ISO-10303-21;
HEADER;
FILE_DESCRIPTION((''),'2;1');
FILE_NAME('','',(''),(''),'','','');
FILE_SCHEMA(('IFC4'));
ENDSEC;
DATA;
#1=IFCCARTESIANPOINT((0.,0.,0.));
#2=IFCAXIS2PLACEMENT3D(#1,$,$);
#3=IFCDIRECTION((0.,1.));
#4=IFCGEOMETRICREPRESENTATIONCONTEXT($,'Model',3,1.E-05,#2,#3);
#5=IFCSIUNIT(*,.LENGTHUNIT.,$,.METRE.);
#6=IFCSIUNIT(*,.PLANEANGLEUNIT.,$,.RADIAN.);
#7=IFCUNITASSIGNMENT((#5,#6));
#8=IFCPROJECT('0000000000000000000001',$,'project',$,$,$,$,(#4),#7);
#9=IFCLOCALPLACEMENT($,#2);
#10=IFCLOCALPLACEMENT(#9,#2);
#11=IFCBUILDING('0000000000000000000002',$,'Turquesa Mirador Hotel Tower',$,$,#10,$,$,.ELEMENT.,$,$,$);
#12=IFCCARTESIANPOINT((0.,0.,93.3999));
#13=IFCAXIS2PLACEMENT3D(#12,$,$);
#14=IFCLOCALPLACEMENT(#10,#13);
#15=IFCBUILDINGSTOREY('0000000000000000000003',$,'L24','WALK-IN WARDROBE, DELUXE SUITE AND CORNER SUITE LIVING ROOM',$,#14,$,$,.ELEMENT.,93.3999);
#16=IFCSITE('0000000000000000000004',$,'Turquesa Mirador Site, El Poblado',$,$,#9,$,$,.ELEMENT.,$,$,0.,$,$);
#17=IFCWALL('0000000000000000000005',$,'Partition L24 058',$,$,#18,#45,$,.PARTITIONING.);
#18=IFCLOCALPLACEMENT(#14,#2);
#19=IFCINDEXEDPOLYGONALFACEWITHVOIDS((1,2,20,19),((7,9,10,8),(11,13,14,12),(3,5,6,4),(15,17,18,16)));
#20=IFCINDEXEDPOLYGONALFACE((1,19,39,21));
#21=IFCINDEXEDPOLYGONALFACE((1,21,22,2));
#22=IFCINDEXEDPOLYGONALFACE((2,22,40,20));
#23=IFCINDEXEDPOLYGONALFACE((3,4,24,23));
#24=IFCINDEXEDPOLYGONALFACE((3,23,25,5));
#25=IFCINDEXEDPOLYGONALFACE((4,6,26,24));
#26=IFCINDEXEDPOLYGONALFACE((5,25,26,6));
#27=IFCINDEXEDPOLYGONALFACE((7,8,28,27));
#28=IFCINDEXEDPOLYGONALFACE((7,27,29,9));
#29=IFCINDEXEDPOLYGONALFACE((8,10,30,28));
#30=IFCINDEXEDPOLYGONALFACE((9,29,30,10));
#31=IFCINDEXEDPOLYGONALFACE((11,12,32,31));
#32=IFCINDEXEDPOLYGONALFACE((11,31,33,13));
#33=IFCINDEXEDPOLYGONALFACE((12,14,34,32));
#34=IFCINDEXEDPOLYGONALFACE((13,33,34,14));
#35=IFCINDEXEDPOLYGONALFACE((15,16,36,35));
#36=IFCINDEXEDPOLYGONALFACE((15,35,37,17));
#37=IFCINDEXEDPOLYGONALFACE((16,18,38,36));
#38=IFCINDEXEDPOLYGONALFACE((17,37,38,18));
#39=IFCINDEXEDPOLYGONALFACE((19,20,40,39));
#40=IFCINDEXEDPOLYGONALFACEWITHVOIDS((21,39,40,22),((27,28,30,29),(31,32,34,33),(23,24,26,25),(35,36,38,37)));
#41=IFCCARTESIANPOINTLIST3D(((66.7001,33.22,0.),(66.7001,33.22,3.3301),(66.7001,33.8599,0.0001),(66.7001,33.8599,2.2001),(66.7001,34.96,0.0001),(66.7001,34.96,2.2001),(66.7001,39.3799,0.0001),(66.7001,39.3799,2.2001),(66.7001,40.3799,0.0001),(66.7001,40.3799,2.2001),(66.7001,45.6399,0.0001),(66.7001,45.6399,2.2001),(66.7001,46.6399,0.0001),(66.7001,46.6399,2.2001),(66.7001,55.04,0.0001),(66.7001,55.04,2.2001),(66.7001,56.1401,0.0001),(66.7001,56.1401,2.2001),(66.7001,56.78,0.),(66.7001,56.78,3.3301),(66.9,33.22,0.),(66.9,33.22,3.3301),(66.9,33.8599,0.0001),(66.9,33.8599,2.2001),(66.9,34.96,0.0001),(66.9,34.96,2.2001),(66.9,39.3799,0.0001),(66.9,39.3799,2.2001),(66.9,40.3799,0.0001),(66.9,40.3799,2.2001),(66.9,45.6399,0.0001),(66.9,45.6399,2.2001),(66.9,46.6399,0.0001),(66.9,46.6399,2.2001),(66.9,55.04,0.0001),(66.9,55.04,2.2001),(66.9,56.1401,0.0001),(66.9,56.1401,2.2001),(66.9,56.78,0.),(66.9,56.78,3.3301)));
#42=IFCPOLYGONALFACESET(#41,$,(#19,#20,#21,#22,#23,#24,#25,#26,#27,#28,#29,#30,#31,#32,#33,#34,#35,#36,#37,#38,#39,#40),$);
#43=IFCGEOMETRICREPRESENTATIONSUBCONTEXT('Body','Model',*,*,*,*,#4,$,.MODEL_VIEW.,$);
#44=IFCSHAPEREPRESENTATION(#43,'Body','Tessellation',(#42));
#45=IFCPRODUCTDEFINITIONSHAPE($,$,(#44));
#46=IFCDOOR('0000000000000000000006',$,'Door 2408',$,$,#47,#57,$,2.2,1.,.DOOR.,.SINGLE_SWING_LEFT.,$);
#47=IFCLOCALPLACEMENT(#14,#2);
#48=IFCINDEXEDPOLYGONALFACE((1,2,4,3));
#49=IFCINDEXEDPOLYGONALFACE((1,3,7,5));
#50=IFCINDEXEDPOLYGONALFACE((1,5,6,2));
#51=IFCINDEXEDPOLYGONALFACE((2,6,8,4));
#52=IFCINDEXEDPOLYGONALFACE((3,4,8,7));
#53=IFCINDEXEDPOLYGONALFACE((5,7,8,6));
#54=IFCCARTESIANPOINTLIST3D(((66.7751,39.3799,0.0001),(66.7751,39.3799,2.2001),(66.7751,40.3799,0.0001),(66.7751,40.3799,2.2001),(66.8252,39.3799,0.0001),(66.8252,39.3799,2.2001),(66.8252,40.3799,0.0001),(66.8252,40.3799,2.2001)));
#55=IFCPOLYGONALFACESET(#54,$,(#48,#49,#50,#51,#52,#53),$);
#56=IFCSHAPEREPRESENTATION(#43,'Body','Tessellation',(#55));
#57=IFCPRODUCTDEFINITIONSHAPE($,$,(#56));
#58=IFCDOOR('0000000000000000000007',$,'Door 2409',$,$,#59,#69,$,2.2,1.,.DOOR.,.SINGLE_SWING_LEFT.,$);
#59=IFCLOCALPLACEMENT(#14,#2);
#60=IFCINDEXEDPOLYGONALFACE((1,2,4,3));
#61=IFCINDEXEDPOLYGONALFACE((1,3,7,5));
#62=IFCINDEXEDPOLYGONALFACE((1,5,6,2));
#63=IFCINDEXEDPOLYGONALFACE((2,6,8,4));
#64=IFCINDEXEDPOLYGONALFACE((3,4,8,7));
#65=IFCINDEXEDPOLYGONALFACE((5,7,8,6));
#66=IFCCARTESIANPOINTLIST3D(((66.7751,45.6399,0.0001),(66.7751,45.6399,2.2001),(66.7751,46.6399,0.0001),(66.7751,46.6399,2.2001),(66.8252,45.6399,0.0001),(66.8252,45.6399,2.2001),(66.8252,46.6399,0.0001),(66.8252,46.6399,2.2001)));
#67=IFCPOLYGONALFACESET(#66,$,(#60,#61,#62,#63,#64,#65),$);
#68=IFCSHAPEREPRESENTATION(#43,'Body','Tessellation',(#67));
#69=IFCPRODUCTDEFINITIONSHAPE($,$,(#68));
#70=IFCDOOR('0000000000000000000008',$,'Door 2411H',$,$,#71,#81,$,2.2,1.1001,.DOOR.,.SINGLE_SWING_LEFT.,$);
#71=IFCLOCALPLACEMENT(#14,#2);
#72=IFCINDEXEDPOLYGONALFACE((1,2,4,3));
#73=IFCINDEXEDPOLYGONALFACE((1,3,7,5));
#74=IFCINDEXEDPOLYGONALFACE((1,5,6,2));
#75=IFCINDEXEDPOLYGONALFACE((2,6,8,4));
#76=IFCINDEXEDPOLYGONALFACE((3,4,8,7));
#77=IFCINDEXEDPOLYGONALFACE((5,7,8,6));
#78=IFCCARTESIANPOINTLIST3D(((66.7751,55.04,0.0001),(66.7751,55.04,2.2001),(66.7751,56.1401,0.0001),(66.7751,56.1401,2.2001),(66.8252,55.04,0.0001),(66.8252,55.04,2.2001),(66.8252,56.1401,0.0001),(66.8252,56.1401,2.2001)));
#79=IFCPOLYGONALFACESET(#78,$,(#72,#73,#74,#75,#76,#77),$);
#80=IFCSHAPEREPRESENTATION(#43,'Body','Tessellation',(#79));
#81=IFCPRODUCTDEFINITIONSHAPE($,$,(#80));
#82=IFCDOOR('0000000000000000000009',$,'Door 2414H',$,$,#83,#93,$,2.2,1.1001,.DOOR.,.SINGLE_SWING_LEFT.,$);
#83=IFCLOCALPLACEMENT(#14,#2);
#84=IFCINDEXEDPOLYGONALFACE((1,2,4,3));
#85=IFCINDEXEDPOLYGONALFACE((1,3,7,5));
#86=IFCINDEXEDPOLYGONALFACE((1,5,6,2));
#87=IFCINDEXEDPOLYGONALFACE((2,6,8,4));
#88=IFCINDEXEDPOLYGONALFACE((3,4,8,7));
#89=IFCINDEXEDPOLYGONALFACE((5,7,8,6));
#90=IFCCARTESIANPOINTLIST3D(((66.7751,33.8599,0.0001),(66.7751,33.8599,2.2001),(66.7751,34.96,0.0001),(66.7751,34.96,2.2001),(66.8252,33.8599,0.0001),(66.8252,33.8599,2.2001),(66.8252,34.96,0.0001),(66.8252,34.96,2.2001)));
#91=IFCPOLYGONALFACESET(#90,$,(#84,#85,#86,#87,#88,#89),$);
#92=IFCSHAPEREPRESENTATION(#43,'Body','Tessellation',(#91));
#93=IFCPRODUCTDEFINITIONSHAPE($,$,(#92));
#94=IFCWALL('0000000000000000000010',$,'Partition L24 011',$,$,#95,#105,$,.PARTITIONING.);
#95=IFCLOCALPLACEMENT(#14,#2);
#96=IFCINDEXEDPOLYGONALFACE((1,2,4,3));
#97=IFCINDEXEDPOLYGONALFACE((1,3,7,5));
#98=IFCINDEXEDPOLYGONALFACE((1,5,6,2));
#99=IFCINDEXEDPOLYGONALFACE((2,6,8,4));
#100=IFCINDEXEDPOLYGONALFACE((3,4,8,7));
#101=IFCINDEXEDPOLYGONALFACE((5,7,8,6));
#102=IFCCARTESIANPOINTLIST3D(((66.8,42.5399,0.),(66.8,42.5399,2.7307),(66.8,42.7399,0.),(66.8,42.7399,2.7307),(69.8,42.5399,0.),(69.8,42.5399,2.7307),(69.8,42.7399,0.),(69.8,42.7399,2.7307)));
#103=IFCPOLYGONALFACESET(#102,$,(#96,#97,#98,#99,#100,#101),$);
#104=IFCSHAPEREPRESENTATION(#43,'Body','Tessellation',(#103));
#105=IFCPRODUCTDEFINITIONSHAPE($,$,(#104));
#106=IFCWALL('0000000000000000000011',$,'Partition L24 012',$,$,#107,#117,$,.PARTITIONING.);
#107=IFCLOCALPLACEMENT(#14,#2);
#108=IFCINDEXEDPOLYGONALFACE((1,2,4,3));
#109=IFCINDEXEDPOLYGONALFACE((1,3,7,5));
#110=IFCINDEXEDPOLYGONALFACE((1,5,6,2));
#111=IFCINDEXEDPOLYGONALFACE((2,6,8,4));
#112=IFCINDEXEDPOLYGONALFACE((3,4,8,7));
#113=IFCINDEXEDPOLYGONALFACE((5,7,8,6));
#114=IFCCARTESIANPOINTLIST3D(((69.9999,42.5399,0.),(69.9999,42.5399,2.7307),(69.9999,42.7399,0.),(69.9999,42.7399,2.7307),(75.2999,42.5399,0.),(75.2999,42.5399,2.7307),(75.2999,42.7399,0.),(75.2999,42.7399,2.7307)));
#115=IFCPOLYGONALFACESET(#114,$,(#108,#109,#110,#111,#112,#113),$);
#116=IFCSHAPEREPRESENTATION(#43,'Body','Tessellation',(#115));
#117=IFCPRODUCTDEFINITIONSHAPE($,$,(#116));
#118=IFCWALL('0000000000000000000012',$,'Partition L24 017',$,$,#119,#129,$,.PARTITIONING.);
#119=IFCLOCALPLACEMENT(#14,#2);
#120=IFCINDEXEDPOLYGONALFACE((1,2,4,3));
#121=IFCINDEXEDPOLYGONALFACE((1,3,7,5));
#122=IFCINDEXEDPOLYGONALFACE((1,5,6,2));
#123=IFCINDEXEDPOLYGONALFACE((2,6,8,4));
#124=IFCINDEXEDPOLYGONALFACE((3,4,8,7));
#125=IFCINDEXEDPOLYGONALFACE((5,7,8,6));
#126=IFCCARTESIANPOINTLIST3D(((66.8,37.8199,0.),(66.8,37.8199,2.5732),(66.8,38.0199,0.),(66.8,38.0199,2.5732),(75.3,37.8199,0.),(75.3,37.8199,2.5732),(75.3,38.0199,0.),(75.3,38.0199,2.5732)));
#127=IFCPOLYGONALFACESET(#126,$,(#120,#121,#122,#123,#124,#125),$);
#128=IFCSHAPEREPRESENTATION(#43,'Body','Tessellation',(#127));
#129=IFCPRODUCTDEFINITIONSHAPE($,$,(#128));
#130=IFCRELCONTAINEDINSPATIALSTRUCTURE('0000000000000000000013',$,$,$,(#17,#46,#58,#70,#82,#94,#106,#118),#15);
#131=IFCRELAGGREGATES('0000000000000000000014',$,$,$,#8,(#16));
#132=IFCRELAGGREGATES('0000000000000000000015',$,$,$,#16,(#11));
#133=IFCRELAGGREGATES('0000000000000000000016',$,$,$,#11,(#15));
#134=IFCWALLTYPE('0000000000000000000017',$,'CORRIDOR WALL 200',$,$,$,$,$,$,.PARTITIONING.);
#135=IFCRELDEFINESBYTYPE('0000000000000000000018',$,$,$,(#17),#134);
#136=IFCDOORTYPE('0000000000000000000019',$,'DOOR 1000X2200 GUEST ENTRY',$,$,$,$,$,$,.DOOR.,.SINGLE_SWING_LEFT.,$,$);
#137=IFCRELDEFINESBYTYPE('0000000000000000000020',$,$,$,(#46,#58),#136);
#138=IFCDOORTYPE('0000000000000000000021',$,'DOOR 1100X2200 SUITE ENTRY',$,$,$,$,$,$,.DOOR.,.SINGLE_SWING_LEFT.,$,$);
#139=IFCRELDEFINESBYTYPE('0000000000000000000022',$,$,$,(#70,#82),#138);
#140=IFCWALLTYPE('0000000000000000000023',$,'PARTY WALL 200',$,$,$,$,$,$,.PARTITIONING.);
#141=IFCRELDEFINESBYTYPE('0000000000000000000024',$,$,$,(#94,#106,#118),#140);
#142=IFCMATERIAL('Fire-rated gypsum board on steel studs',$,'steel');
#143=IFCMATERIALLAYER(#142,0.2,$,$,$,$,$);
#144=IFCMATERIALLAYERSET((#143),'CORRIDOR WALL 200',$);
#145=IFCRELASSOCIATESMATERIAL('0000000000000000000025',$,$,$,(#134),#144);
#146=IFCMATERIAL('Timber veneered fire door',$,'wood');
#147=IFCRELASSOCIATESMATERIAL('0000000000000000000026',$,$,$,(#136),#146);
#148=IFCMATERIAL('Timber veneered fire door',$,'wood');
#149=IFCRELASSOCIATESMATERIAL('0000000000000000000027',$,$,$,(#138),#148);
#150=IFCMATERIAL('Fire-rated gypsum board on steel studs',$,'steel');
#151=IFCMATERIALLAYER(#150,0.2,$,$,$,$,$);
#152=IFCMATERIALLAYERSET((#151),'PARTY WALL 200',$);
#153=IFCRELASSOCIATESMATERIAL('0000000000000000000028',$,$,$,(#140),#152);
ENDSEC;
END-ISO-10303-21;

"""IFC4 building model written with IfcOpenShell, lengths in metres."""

from ifc_helpers import new_model, si_unit, direction, frame, frame_2d, origin, place, context, subcontext, project, spatial, rectangle, extrude, material, layer, layer_set, type_object, element, fill, save


model = new_model("IFC4")

# Units and contexts
model_context = context("Model", 3, precision=1e-05, world=origin(), true_north=direction((0.0, 1.0)))
body_context = subcontext(model_context, "Body", "Model", "MODEL_VIEW")
ifc_project = project(units=[si_unit("LENGTHUNIT", "METRE"), si_unit("PLANEANGLEUNIT", "RADIAN")], contexts=[model_context])

# Site, building, storey
site_placement = place(None, origin())
site = spatial("IfcSite", under=ifc_project, at=site_placement, Name="Turquesa Mirador Site, El Poblado", CompositionType="ELEMENT", RefElevation=0.0)
building_placement = place(site_placement, origin())
building = spatial("IfcBuilding", under=site, at=building_placement, Name="Turquesa Mirador Hotel Tower", CompositionType="ELEMENT")
storey_placement = place(building_placement, frame((0.0, 0.0, 93.3999)))
storey = spatial("IfcBuildingStorey", under=building, at=storey_placement, Name="L24", Description="WALK-IN WARDROBE, DELUXE SUITE AND CORNER SUITE LIVING ROOM", CompositionType="ELEMENT", Elevation=93.3999)

# Wall, openings, doors
ifc_material_1 = material(Name="Fire-rated gypsum board on steel studs", Category="steel")
ifc_layer_1 = layer(ifc_material_1, 0.2)
ifc_layer_set_1 = layer_set([ifc_layer_1], Name="CORRIDOR WALL 200")
wall_type_1 = type_object("IfcWallType", Name="CORRIDOR WALL 200", PredefinedType="PARTITIONING", material=ifc_layer_set_1)
wall_1_placement = place(storey_placement, frame((66.8, 33.22, 0.0), z_axis=(0.0, 0.0, 1.0), x_axis=(0.0, 1.0, 0.0)))
wall_1 = element("IfcWall", 1, at=wall_1_placement, inside=storey, type_object=wall_type_1, Name="Partition L24 058", PredefinedType="PARTITIONING", context=body_context, shape_type="SweptSolid", body=[
    extrude(rectangle(XDim=23.5601, YDim=0.2, at=frame_2d((11.78, 0.0))), origin(), (0.0, 0.0, 1.0), 3.3301),
])
opening_1_placement = place(wall_1_placement, frame((6.1599, 0.0, 0.0)))
opening_1 = element("IfcOpeningElement", 2, at=opening_1_placement, cuts=wall_1, PredefinedType="OPENING", context=body_context, shape_type="SweptSolid", body=[
    extrude(rectangle(XDim=1.0, YDim=2.2, at=frame_2d((0.5, 1.1001))), frame((0.0, 0.1099, 0.0), z_axis=(0.0, -1.0, 0.0), x_axis=(1.0, 0.0, 0.0)), (0.0, 0.0, 1.0), 0.22),
])
opening_2_placement = place(wall_1_placement, frame((12.4199, 0.0, 0.0)))
opening_2 = element("IfcOpeningElement", 3, at=opening_2_placement, cuts=wall_1, PredefinedType="OPENING", context=body_context, shape_type="SweptSolid", body=[
    extrude(rectangle(XDim=1.0, YDim=2.2, at=frame_2d((0.5, 1.1001))), frame((0.0, 0.1099, 0.0), z_axis=(0.0, -1.0, 0.0), x_axis=(1.0, 0.0, 0.0)), (0.0, 0.0, 1.0), 0.22),
])
opening_3_placement = place(wall_1_placement, frame((21.8201, 0.0, 0.0)))
opening_3 = element("IfcOpeningElement", 4, at=opening_3_placement, cuts=wall_1, PredefinedType="OPENING", context=body_context, shape_type="SweptSolid", body=[
    extrude(rectangle(XDim=1.1001, YDim=2.2, at=frame_2d((0.55, 1.1001))), frame((0.0, 0.1099, 0.0), z_axis=(0.0, -1.0, 0.0), x_axis=(1.0, 0.0, 0.0)), (0.0, 0.0, 1.0), 0.22),
])
opening_4_placement = place(wall_1_placement, frame((0.6399, 0.0, 0.0)))
opening_4 = element("IfcOpeningElement", 5, at=opening_4_placement, cuts=wall_1, PredefinedType="OPENING", context=body_context, shape_type="SweptSolid", body=[
    extrude(rectangle(XDim=1.1001, YDim=2.2, at=frame_2d((0.55, 1.1001))), frame((0.0, 0.1099, 0.0), z_axis=(0.0, -1.0, 0.0), x_axis=(1.0, 0.0, 0.0)), (0.0, 0.0, 1.0), 0.22),
])
ifc_material_2 = material(Name="Timber veneered fire door", Category="wood")
door_type_1 = type_object("IfcDoorType", Name="DOOR 1000X2200 GUEST ENTRY", OperationType="SINGLE_SWING_LEFT", PredefinedType="DOOR", material=ifc_material_2)
door_1_placement = place(opening_1_placement, origin())
door_1 = element("IfcDoor", 6, at=door_1_placement, inside=storey, type_object=door_type_1, Name="Door 2408", OperationType="SINGLE_SWING_LEFT", OverallHeight=2.2, OverallWidth=1.0, PredefinedType="DOOR", context=body_context, shape_type="SweptSolid", body=[
    extrude(rectangle(XDim=1.0, YDim=2.2, at=frame_2d((0.5, 1.1001))), frame((0.0, 0.0249, 0.0), z_axis=(0.0, -1.0, 0.0), x_axis=(1.0, 0.0, 0.0)), (0.0, 0.0, 1.0), 0.05),
])
fill(opening_1, door_1)
door_2_placement = place(opening_2_placement, origin())
door_2 = element("IfcDoor", 7, at=door_2_placement, inside=storey, type_object=door_type_1, Name="Door 2409", OperationType="SINGLE_SWING_LEFT", OverallHeight=2.2, OverallWidth=1.0, PredefinedType="DOOR", context=body_context, shape_type="SweptSolid", body=[
    extrude(rectangle(XDim=1.0, YDim=2.2, at=frame_2d((0.5, 1.1001))), frame((0.0, 0.0249, 0.0), z_axis=(0.0, -1.0, 0.0), x_axis=(1.0, 0.0, 0.0)), (0.0, 0.0, 1.0), 0.05),
])
fill(opening_2, door_2)
ifc_material_3 = material(Name="Timber veneered fire door", Category="wood")
door_type_2 = type_object("IfcDoorType", Name="DOOR 1100X2200 SUITE ENTRY", OperationType="SINGLE_SWING_LEFT", PredefinedType="DOOR", material=ifc_material_3)
door_3_placement = place(opening_3_placement, origin())
door_3 = element("IfcDoor", 8, at=door_3_placement, inside=storey, type_object=door_type_2, Name="Door 2411H", OperationType="SINGLE_SWING_LEFT", OverallHeight=2.2, OverallWidth=1.1001, PredefinedType="DOOR", context=body_context, shape_type="SweptSolid", body=[
    extrude(rectangle(XDim=1.1001, YDim=2.2, at=frame_2d((0.55, 1.1001))), frame((0.0, 0.0249, 0.0), z_axis=(0.0, -1.0, 0.0), x_axis=(1.0, 0.0, 0.0)), (0.0, 0.0, 1.0), 0.05),
])
fill(opening_3, door_3)
door_4_placement = place(opening_4_placement, origin())
door_4 = element("IfcDoor", 9, at=door_4_placement, inside=storey, type_object=door_type_2, Name="Door 2414H", OperationType="SINGLE_SWING_LEFT", OverallHeight=2.2, OverallWidth=1.1001, PredefinedType="DOOR", context=body_context, shape_type="SweptSolid", body=[
    extrude(rectangle(XDim=1.1001, YDim=2.2, at=frame_2d((0.55, 1.1001))), frame((0.0, 0.0249, 0.0), z_axis=(0.0, -1.0, 0.0), x_axis=(1.0, 0.0, 0.0)), (0.0, 0.0, 1.0), 0.05),
])
fill(opening_4, door_4)

# Walls
ifc_material_4 = material(Name="Fire-rated gypsum board on steel studs", Category="steel")
ifc_layer_2 = layer(ifc_material_4, 0.2)
ifc_layer_set_2 = layer_set([ifc_layer_2], Name="PARTY WALL 200")
wall_type_2 = type_object("IfcWallType", Name="PARTY WALL 200", PredefinedType="PARTITIONING", material=ifc_layer_set_2)
wall_2_placement = place(storey_placement, frame((66.8, 42.6399, 0.0), z_axis=(0.0, 0.0, 1.0), x_axis=(1.0, 0.0, 0.0)))
element("IfcWall", 10, at=wall_2_placement, inside=storey, type_object=wall_type_2, Name="Partition L24 011", PredefinedType="PARTITIONING", context=body_context, shape_type="SweptSolid", body=[
    extrude(rectangle(XDim=3.0, YDim=0.2, at=frame_2d((1.5, 0.0))), origin(), (0.0, 0.0, 1.0), 2.7307),
])
wall_3_placement = place(storey_placement, frame((70.0, 42.6399, 0.0), z_axis=(0.0, 0.0, 1.0), x_axis=(1.0, 0.0, 0.0)))
element("IfcWall", 11, at=wall_3_placement, inside=storey, type_object=wall_type_2, Name="Partition L24 012", PredefinedType="PARTITIONING", context=body_context, shape_type="SweptSolid", body=[
    extrude(rectangle(XDim=5.3, YDim=0.2, at=frame_2d((2.6499, 0.0))), origin(), (0.0, 0.0, 1.0), 2.7307),
])
wall_4_placement = place(storey_placement, frame((66.8, 37.9199, 0.0), z_axis=(0.0, 0.0, 1.0), x_axis=(1.0, 0.0, 0.0)))
element("IfcWall", 12, at=wall_4_placement, inside=storey, type_object=wall_type_2, Name="Partition L24 017", PredefinedType="PARTITIONING", context=body_context, shape_type="SweptSolid", body=[
    extrude(rectangle(XDim=8.5, YDim=0.2, at=frame_2d((4.25, 0.0))), origin(), (0.0, 0.0, 1.0), 2.5732),
])

save(model, "model.ifc")
